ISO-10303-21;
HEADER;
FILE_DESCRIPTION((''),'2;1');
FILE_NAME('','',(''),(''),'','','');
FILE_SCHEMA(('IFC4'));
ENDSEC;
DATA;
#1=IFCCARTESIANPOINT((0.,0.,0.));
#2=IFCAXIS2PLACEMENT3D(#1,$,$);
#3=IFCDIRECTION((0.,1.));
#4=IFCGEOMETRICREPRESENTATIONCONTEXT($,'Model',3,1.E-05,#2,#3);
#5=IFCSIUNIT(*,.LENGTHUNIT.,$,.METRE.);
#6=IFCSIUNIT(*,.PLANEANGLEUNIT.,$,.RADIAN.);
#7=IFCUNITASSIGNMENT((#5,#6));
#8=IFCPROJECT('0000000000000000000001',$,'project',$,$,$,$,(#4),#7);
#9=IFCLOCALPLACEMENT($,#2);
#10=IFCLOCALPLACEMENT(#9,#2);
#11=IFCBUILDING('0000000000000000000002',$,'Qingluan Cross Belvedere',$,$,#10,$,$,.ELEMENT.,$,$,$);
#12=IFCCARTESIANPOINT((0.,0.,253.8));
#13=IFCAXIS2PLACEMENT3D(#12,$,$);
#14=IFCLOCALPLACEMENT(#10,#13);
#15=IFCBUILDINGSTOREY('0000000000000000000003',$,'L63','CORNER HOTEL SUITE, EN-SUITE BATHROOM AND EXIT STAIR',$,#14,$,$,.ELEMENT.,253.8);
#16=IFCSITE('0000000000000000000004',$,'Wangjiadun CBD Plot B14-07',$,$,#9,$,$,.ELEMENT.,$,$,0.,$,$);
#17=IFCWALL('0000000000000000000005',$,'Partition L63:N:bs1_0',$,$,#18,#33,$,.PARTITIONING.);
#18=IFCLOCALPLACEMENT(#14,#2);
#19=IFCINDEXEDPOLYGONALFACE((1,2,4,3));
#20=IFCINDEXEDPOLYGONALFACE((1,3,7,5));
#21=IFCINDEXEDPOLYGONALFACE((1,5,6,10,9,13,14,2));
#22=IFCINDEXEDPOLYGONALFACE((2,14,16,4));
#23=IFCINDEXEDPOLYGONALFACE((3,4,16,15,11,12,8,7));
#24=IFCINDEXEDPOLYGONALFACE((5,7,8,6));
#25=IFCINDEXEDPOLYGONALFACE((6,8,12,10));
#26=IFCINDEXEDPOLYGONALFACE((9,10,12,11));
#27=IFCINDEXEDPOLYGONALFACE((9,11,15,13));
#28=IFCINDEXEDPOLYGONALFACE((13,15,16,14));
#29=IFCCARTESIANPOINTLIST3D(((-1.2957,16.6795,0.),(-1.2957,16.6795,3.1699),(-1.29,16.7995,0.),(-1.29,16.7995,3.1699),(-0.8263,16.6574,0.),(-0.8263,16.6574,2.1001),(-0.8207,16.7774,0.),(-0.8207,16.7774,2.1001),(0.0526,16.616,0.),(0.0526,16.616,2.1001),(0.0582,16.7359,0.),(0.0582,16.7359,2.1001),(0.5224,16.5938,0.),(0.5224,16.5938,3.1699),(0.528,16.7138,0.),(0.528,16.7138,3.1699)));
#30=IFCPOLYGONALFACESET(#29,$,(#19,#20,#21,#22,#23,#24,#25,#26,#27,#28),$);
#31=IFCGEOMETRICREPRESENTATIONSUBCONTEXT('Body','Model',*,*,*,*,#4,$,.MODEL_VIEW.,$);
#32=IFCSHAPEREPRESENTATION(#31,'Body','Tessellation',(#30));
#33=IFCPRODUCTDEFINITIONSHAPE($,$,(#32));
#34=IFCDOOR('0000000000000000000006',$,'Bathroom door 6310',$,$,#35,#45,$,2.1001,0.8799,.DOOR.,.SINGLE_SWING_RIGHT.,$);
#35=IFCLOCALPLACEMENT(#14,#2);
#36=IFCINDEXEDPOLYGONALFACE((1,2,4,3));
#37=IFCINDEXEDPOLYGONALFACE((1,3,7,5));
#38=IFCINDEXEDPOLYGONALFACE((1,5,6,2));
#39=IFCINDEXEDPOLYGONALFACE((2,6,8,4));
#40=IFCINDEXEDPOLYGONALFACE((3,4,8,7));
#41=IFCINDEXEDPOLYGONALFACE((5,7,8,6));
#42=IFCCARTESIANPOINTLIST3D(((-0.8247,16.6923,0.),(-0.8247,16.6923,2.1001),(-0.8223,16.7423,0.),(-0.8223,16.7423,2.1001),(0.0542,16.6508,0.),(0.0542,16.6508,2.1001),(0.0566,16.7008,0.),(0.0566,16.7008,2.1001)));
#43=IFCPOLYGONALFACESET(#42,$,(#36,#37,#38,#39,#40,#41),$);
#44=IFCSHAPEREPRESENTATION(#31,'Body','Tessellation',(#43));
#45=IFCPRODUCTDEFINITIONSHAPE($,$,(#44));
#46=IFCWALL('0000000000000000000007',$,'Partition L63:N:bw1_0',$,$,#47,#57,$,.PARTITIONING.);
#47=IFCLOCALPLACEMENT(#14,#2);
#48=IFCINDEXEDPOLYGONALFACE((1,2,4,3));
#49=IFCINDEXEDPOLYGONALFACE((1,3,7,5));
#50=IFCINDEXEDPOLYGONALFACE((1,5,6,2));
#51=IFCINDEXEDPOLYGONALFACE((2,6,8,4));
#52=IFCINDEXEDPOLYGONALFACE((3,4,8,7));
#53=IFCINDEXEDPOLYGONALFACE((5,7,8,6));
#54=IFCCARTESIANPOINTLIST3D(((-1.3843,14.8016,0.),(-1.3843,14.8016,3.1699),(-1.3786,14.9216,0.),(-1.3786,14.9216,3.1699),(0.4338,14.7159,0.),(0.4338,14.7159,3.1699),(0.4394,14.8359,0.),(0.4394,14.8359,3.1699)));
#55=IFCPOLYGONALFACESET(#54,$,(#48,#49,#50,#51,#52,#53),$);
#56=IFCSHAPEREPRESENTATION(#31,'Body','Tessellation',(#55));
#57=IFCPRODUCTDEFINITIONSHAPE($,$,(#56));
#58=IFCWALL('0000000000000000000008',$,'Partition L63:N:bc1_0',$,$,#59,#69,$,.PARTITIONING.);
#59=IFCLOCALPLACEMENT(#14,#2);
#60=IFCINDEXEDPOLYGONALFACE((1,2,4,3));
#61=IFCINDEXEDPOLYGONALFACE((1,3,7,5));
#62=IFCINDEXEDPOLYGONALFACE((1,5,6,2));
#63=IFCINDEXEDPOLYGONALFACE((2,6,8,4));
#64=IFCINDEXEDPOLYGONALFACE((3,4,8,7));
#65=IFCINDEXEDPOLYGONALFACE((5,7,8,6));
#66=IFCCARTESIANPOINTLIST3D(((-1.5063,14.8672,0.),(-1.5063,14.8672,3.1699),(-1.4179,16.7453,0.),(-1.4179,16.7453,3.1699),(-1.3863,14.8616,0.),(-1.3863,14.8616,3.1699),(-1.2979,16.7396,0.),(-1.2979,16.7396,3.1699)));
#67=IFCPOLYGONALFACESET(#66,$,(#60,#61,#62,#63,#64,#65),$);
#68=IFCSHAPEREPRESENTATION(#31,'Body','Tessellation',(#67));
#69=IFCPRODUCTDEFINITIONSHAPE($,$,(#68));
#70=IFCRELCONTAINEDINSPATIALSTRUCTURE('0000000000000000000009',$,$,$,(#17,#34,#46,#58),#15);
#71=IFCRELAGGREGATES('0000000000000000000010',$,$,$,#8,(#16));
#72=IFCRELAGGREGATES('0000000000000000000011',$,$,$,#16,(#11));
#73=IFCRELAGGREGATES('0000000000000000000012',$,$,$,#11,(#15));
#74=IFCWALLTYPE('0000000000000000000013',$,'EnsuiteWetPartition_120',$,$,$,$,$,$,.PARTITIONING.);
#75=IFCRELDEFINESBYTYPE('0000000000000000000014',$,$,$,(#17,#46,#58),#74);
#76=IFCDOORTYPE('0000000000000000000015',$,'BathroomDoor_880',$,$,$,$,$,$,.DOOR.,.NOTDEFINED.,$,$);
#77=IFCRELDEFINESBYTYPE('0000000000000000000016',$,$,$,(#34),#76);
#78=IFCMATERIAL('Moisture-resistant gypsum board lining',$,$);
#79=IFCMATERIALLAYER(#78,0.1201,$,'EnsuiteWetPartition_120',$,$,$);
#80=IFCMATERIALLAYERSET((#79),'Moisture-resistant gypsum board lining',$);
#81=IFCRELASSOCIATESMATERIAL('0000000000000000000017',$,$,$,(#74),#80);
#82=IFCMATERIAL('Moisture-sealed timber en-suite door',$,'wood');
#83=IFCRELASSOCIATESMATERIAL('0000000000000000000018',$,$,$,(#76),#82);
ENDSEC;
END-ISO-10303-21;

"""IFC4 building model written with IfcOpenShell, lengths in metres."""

from ifc_helpers import new_model, si_unit, direction, frame, frame_2d, origin, place, context, subcontext, project, spatial, rectangle, extrude, material, layer, layer_set, type_object, element, fill, save


model = new_model("IFC4")

# Units and contexts
model_context = context("Model", 3, precision=1e-05, world=origin(), true_north=direction((0.0, 1.0)))
body_context = subcontext(model_context, "Body", "Model", "MODEL_VIEW")
ifc_project = project(units=[si_unit("LENGTHUNIT", "METRE"), si_unit("PLANEANGLEUNIT", "RADIAN")], contexts=[model_context])

# Site, building, storey
site_placement = place(None, origin())
site = spatial("IfcSite", under=ifc_project, at=site_placement, Name="Wangjiadun CBD Plot B14-07", CompositionType="ELEMENT", RefElevation=0.0)
building_placement = place(site_placement, origin())
building = spatial("IfcBuilding", under=site, at=building_placement, Name="Qingluan Cross Belvedere", CompositionType="ELEMENT")
storey_placement = place(building_placement, frame((0.0, 0.0, 253.8)))
storey = spatial("IfcBuildingStorey", under=building, at=storey_placement, Name="L63", Description="CORNER HOTEL SUITE, EN-SUITE BATHROOM AND EXIT STAIR", CompositionType="ELEMENT", Elevation=253.8)

# Shared definitions
ifc_material_1 = material(Name="Moisture-resistant gypsum board lining")
ifc_layer_1 = layer(ifc_material_1, 0.1201, Name="EnsuiteWetPartition_120")
ifc_layer_set_1 = layer_set([ifc_layer_1], Name="Moisture-resistant gypsum board lining")
wall_type_1 = type_object("IfcWallType", Name="EnsuiteWetPartition_120", PredefinedType="PARTITIONING", material=ifc_layer_set_1)
ifc_material_2 = material(Name="Moisture-sealed timber en-suite door", Category="wood")
door_type_1 = type_object("IfcDoorType", Name="BathroomDoor_880", OperationType="NOTDEFINED", PredefinedType="DOOR", material=ifc_material_2)

# Wall, opening, door
wall_1_placement = place(storey_placement, frame((-1.293, 16.7395, 0.0), z_axis=(0.0, 0.0, 1.0), x_axis=(0.998891, -0.047081, 0.0)))
wall_1 = element("IfcWall", 1, at=wall_1_placement, inside=storey, type_object=wall_type_1, Name="Partition L63:N:bs1_0", PredefinedType="PARTITIONING", context=body_context, shape_type="SweptSolid", body=[
    extrude(rectangle(XDim=1.8201, YDim=0.1201, at=frame_2d((0.9102, 0.0))), origin(), (0.0, 0.0, 1.0), 3.1699),
])
opening_1_placement = place(wall_1_placement, frame((0.47, 0.0, 0.0)))
opening_1 = element("IfcOpeningElement", 2, at=opening_1_placement, cuts=wall_1, PredefinedType="OPENING", context=body_context, shape_type="SweptSolid", body=[
    extrude(rectangle(XDim=0.8799, YDim=2.1001, at=frame_2d((0.4399, 1.05))), frame((0.0, 0.0701, 0.0), z_axis=(0.0, -1.0, 0.0), x_axis=(1.0, 0.0, 0.0)), (0.0, 0.0, 1.0), 0.1401),
])
door_1_placement = place(opening_1_placement, origin())
door_1 = element("IfcDoor", 3, at=door_1_placement, inside=storey, type_object=door_type_1, Name="Bathroom door 6310", OperationType="SINGLE_SWING_RIGHT", OverallHeight=2.1001, OverallWidth=0.8799, PredefinedType="DOOR", context=body_context, shape_type="SweptSolid", body=[
    extrude(rectangle(XDim=0.8799, YDim=2.1001, at=frame_2d((0.4399, 1.05))), frame((0.0, 0.0249, 0.0), z_axis=(0.0, -1.0, 0.0), x_axis=(1.0, 0.0, 0.0)), (0.0, 0.0, 1.0), 0.05),
])
fill(opening_1, door_1)

# Walls
wall_2_placement = place(storey_placement, frame((-1.3816, 14.8616, 0.0), z_axis=(0.0, 0.0, 1.0), x_axis=(0.998891, -0.047081, 0.0)))
element("IfcWall", 4, at=wall_2_placement, inside=storey, type_object=wall_type_1, Name="Partition L63:N:bw1_0", PredefinedType="PARTITIONING", context=body_context, shape_type="SweptSolid", body=[
    extrude(rectangle(XDim=1.8201, YDim=0.1201, at=frame_2d((0.9102, 0.0))), origin(), (0.0, 0.0, 1.0), 3.1699),
])
wall_3_placement = place(storey_placement, frame((-1.4463, 14.8645, 0.0), z_axis=(0.0, 0.0, 1.0), x_axis=(0.04701, 0.998894, 0.0)))
element("IfcWall", 5, at=wall_3_placement, inside=storey, type_object=wall_type_1, Name="Partition L63:N:bc1_0", PredefinedType="PARTITIONING", context=body_context, shape_type="SweptSolid", body=[
    extrude(rectangle(XDim=1.8801, YDim=0.1201, at=frame_2d((0.9399, 0.0))), origin(), (0.0, 0.0, 1.0), 3.1699),
])

save(model, "model.ifc")
